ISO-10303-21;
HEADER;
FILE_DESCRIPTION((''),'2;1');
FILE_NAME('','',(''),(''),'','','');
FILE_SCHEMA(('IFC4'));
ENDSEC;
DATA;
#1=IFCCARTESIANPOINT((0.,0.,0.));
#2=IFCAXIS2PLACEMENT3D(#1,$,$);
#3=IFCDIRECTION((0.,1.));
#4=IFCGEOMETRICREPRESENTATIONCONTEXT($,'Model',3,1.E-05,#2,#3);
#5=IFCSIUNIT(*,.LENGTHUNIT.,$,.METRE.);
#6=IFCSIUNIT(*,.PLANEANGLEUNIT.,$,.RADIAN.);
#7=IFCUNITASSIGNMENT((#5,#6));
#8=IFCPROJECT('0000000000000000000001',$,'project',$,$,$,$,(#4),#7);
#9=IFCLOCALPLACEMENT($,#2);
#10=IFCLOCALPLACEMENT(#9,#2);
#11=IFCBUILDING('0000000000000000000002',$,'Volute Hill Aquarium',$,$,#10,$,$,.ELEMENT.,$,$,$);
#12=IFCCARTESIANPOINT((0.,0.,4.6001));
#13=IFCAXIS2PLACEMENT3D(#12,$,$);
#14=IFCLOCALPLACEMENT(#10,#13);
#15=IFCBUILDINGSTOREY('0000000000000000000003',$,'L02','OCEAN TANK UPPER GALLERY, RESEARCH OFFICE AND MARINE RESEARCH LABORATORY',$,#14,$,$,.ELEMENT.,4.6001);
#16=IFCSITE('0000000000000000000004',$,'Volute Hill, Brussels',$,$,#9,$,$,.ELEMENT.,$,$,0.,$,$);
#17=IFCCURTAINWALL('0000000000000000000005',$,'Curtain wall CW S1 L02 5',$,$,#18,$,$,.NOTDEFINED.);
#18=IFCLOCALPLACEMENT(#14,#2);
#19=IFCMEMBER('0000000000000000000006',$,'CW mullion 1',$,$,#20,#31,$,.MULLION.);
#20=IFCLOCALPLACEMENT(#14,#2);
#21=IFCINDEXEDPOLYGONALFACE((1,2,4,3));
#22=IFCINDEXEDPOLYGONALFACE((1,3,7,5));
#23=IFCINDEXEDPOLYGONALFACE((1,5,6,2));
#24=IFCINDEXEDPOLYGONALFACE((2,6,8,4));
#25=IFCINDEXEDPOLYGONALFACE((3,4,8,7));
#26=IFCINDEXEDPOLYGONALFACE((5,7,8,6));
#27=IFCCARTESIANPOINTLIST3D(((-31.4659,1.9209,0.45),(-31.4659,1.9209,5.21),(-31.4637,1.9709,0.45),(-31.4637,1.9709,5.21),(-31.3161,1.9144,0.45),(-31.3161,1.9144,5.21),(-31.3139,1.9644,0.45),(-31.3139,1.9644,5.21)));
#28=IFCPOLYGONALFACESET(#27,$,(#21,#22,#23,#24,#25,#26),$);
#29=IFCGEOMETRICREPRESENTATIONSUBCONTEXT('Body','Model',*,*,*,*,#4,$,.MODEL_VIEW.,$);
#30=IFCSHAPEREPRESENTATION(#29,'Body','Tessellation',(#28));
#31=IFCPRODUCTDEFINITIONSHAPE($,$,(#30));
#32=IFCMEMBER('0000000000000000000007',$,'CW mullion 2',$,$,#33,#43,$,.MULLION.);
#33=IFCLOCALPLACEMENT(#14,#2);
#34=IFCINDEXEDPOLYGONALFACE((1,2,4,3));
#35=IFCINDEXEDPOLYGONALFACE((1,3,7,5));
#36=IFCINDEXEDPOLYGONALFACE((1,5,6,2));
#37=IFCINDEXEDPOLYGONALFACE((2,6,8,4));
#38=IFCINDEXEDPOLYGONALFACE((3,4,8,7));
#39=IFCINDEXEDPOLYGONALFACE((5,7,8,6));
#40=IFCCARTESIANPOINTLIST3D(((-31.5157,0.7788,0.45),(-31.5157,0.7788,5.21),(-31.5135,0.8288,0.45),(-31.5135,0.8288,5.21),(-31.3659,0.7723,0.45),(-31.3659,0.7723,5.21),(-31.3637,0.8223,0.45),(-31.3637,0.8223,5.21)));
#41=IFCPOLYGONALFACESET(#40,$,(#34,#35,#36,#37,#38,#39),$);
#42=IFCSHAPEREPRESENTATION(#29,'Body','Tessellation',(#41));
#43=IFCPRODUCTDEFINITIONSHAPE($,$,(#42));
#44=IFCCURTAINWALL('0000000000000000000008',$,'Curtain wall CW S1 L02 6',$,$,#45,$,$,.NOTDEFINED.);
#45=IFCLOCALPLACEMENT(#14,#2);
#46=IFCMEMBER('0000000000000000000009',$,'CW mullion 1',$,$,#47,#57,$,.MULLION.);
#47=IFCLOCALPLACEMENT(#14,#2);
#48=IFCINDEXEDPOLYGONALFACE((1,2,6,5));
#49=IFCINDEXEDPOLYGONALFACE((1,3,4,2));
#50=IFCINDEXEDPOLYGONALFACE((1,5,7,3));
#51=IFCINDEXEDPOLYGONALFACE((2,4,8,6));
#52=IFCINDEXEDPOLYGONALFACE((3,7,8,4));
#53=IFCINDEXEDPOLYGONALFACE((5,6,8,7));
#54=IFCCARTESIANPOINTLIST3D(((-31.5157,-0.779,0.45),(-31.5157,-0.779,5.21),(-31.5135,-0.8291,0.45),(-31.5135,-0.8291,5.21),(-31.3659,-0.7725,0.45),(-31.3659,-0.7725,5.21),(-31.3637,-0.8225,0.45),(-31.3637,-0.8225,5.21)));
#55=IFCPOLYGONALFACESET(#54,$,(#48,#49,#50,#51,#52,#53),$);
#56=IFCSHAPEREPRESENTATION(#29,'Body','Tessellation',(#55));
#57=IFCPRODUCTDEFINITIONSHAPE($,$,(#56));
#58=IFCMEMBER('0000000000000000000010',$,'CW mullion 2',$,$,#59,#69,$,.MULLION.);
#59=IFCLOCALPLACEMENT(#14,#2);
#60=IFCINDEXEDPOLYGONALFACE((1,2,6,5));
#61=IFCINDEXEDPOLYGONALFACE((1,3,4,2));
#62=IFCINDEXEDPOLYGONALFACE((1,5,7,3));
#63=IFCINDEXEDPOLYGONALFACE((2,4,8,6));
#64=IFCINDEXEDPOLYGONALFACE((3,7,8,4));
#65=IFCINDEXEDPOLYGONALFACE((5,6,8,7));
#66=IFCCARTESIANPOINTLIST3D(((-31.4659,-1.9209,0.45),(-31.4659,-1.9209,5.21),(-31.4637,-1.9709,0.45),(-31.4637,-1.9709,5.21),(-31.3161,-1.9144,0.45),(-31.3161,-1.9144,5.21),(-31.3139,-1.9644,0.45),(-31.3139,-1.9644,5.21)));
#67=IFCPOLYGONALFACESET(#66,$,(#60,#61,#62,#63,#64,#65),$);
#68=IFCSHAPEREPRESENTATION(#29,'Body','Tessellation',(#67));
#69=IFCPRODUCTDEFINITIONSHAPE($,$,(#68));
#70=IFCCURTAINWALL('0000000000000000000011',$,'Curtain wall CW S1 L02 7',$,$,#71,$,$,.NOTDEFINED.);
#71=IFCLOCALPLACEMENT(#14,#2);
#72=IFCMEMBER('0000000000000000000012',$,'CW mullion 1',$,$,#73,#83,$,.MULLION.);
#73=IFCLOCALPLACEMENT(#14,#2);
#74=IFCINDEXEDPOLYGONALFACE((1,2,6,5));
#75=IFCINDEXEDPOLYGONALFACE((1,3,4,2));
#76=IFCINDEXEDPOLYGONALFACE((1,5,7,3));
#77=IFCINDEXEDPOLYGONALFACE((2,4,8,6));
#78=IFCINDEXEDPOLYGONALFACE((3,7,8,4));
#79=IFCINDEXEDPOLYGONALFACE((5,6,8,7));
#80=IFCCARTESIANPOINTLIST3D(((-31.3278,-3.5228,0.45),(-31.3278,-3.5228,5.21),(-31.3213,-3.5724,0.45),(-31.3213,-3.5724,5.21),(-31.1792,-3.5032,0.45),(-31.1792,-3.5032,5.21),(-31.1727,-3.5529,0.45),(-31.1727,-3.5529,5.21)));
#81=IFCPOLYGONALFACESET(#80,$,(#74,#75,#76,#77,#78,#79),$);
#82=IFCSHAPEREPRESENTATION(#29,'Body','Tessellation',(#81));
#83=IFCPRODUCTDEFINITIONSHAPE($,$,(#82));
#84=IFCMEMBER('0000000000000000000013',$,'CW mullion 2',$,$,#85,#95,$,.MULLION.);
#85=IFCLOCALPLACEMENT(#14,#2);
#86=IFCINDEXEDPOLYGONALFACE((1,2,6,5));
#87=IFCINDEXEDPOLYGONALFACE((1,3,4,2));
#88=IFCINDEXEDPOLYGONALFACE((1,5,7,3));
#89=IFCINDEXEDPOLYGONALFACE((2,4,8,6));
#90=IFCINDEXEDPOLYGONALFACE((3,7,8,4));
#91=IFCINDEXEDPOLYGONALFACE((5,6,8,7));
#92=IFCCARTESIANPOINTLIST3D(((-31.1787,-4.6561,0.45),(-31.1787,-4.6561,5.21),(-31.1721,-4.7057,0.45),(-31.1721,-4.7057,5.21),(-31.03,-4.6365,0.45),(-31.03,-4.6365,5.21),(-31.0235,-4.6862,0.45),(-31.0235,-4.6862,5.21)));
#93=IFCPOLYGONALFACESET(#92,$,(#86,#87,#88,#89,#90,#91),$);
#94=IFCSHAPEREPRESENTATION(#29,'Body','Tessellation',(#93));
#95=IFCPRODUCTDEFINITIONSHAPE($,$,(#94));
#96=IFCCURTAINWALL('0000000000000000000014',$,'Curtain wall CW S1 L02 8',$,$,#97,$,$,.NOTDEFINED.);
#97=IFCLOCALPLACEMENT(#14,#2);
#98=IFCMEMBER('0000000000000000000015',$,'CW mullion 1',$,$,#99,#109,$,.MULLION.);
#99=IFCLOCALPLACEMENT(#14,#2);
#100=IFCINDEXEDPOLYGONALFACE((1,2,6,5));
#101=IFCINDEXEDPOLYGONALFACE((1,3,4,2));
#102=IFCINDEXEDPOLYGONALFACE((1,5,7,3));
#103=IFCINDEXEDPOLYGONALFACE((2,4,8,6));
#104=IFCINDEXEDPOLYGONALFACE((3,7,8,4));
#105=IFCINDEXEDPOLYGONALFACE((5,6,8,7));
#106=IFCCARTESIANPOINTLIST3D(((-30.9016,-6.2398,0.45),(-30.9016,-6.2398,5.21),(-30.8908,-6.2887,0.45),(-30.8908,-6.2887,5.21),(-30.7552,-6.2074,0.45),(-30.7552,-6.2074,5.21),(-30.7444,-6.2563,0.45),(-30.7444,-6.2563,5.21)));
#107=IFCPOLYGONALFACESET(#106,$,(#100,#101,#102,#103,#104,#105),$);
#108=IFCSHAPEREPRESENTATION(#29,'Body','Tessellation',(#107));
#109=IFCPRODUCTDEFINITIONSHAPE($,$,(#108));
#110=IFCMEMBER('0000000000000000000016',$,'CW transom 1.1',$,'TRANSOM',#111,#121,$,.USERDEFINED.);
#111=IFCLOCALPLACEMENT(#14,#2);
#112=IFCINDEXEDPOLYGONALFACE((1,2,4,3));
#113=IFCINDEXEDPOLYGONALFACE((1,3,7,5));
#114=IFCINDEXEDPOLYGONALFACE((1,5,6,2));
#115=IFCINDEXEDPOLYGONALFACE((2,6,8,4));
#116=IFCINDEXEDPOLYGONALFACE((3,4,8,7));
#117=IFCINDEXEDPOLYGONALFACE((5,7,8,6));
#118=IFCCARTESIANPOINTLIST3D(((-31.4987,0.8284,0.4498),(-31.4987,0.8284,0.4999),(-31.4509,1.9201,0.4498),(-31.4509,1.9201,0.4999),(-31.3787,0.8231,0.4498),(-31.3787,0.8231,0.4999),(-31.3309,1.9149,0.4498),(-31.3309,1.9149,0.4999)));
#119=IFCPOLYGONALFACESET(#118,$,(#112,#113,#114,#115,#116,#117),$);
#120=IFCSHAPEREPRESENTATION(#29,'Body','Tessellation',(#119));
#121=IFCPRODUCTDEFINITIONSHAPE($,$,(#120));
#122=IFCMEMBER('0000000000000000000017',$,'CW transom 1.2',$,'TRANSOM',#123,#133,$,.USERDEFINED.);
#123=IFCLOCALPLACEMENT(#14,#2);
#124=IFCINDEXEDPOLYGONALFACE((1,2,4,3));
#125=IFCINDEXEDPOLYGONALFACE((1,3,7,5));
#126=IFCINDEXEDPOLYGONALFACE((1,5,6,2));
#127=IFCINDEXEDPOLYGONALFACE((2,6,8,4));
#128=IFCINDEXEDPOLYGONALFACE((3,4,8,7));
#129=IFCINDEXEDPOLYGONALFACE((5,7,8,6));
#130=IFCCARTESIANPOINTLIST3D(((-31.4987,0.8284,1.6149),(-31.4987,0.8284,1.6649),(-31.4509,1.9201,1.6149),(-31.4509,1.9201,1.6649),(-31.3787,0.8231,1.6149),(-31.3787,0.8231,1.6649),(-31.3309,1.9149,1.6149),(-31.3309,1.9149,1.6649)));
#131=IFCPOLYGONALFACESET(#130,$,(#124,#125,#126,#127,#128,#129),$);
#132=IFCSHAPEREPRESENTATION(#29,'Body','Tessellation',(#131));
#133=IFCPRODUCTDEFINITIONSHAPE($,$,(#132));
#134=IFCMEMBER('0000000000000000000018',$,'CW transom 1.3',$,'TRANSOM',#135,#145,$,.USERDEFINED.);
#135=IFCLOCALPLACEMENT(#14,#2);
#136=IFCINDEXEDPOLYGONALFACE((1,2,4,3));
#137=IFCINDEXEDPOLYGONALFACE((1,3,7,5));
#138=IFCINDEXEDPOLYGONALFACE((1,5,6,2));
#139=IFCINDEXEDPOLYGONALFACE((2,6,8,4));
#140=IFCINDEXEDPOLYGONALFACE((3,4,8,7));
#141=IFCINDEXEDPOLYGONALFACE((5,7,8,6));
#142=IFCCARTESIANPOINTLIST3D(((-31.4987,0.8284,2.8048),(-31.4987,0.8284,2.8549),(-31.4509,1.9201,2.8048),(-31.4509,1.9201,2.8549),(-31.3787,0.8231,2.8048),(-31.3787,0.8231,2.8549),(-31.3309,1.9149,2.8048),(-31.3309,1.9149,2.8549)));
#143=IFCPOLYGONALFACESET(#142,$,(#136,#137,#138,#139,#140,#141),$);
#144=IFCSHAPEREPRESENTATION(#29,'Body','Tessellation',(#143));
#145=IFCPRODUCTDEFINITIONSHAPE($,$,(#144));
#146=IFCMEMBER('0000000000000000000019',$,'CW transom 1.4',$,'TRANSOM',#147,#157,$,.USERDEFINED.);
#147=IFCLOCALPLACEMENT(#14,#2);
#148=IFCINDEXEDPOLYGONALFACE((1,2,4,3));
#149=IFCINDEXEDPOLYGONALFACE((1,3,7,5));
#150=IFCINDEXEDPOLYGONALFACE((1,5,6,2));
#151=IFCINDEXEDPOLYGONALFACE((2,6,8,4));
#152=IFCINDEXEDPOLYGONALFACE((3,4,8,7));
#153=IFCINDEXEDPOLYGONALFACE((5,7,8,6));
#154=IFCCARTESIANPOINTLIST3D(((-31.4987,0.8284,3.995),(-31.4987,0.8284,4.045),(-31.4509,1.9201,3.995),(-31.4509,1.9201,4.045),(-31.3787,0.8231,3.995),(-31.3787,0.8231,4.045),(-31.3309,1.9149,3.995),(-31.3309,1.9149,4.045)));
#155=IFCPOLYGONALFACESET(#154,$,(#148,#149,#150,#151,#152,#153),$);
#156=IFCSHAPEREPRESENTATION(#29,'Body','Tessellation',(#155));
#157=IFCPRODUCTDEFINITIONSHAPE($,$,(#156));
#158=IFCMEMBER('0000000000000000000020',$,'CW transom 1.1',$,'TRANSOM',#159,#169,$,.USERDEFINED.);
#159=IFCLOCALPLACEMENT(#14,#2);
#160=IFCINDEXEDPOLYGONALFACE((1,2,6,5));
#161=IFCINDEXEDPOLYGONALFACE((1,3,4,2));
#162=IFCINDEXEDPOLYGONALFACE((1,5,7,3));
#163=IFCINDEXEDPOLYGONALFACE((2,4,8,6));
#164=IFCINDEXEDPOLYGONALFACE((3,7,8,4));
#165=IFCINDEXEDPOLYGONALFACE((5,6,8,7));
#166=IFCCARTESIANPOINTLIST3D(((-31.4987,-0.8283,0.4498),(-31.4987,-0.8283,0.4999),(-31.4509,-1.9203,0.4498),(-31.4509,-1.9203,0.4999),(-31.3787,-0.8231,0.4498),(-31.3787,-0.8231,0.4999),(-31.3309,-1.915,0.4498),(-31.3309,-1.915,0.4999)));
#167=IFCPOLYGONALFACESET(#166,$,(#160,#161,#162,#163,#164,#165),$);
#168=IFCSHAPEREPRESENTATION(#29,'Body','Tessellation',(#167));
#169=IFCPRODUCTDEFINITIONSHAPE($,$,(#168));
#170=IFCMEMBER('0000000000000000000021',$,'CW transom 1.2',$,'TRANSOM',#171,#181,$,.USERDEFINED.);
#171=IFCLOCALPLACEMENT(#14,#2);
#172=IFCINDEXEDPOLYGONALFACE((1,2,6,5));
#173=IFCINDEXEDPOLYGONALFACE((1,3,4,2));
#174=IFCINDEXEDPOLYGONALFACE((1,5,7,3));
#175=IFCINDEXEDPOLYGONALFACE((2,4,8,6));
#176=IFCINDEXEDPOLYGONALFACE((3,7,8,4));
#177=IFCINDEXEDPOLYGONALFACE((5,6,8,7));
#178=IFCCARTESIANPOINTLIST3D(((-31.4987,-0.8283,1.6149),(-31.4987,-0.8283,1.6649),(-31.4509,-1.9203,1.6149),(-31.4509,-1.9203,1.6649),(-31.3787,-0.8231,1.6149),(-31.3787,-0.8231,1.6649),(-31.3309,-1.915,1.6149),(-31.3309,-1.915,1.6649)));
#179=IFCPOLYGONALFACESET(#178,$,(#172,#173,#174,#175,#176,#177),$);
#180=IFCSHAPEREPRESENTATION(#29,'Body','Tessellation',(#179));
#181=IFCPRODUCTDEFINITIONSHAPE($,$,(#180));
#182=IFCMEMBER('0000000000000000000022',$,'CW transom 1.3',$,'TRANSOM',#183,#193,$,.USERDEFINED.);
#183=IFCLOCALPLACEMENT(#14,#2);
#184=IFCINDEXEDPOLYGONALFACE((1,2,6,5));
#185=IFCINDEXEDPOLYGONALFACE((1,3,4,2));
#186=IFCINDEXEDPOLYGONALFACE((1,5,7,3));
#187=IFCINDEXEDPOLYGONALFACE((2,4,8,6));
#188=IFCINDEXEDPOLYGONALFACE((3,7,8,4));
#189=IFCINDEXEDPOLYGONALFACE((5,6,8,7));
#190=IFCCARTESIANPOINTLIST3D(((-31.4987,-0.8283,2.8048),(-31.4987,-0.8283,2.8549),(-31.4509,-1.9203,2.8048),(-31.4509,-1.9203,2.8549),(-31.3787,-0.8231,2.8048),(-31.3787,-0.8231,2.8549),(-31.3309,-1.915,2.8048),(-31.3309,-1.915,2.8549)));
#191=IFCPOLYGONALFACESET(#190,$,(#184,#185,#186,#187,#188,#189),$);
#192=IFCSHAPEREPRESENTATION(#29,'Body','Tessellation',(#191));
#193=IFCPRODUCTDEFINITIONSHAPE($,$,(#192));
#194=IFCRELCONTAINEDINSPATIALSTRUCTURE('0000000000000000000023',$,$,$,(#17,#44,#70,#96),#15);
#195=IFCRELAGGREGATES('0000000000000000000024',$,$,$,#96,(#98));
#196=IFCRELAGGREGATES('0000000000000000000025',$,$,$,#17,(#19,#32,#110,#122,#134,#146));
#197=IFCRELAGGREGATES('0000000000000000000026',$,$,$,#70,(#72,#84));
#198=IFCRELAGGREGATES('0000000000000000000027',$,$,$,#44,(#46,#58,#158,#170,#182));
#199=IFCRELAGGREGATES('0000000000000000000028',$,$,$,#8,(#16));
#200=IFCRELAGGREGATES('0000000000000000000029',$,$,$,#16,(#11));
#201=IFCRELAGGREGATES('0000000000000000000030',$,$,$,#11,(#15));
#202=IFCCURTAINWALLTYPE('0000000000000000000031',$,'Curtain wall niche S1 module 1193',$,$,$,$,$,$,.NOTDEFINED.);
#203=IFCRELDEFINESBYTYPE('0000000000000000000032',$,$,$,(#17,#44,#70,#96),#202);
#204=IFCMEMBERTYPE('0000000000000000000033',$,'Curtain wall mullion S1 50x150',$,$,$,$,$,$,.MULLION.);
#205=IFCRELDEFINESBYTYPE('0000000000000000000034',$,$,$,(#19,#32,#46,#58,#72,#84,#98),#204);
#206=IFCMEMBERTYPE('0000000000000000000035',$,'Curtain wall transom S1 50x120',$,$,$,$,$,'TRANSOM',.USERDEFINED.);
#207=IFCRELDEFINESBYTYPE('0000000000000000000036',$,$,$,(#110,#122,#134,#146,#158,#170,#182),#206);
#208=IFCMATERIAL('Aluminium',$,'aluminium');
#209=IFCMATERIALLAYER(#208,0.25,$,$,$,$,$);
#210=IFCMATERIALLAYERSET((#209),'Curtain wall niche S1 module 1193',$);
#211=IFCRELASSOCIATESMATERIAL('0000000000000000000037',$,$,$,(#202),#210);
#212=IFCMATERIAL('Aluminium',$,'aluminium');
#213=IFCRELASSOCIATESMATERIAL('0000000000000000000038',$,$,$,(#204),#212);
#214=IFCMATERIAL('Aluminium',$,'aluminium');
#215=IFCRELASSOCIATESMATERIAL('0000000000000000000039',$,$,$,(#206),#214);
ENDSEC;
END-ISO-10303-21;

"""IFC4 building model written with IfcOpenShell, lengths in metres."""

from ifc_helpers import new_model, si_unit, direction, frame, origin, origin_2d, place, context, subcontext, project, spatial, rectangle, extrude, material, layer, layer_set, material_profile, profile_set, type_object, element, aggregate, save


model = new_model("IFC4")

# Units and contexts
model_context = context("Model", 3, precision=1e-05, world=origin(), true_north=direction((0.0, 1.0)))
body_context = subcontext(model_context, "Body", "Model", "MODEL_VIEW")
ifc_project = project(units=[si_unit("LENGTHUNIT", "METRE"), si_unit("PLANEANGLEUNIT", "RADIAN")], contexts=[model_context])

# Site, building, storey
site_placement = place(None, origin())
site = spatial("IfcSite", under=ifc_project, at=site_placement, Name="Volute Hill, Brussels", CompositionType="ELEMENT", RefElevation=0.0)
building_placement = place(site_placement, origin())
building = spatial("IfcBuilding", under=site, at=building_placement, Name="Volute Hill Aquarium", CompositionType="ELEMENT")
storey_placement = place(building_placement, frame((0.0, 0.0, 4.6001)))
storey = spatial("IfcBuildingStorey", under=building, at=storey_placement, Name="L02", Description="OCEAN TANK UPPER GALLERY, RESEARCH OFFICE AND MARINE RESEARCH LABORATORY", CompositionType="ELEMENT", Elevation=4.6001)

# Curtain walls, members
ifc_material_1 = material(Name="Aluminium", Category="aluminium")
ifc_layer_1 = layer(ifc_material_1, 0.25)
ifc_layer_set_1 = layer_set([ifc_layer_1], Name="Curtain wall niche S1 module 1193")
curtain_wall_type = type_object("IfcCurtainWallType", Name="Curtain wall niche S1 module 1193", PredefinedType="NOTDEFINED", material=ifc_layer_set_1)
curtain_wall_1_placement = place(storey_placement, origin())
curtain_wall_1 = element("IfcCurtainWall", 1, at=curtain_wall_1_placement, inside=storey, type_object=curtain_wall_type, Name="Curtain wall CW S1 L02 5", PredefinedType="NOTDEFINED")
ifc_material_2 = material(Name="Aluminium", Category="aluminium")
ifc_material_profile_1 = material_profile(ifc_material_2, rectangle(XDim=0.1499, YDim=0.05, at=origin_2d()), Name="Curtain wall mullion S1 50x150")
ifc_profile_set_1 = profile_set([ifc_material_profile_1], Name="Aluminium")
member_type_1 = type_object("IfcMemberType", Name="Curtain wall mullion S1 50x150", PredefinedType="MULLION", material=ifc_profile_set_1)
member_1_placement = place(storey_placement, frame((-31.3899, 1.9426, 0.45), z_axis=(0.0, 0.0, 1.0), x_axis=(0.999048, -0.043614, 0.0)))
member_1 = element("IfcMember", 2, at=member_1_placement, type_object=member_type_1, Name="CW mullion 1", PredefinedType="MULLION", context=body_context, shape_type="SweptSolid", body=[
    extrude(rectangle(XDim=0.1499, YDim=0.05, at=origin_2d()), origin(), (0.0, 0.0, 1.0), 4.76),
])
member_2_placement = place(storey_placement, frame((-31.4397, 0.8005, 0.45), z_axis=(0.0, 0.0, 1.0), x_axis=(0.999048, -0.043614, 0.0)))
member_2 = element("IfcMember", 3, at=member_2_placement, type_object=member_type_1, Name="CW mullion 2", PredefinedType="MULLION", context=body_context, shape_type="SweptSolid", body=[
    extrude(rectangle(XDim=0.1499, YDim=0.05, at=origin_2d()), origin(), (0.0, 0.0, 1.0), 4.76),
])
curtain_wall_2_placement = place(storey_placement, origin())
curtain_wall_2 = element("IfcCurtainWall", 4, at=curtain_wall_2_placement, inside=storey, type_object=curtain_wall_type, Name="Curtain wall CW S1 L02 6", PredefinedType="NOTDEFINED")
member_3_placement = place(storey_placement, frame((-31.4397, -0.8008, 0.45), z_axis=(0.0, 0.0, 1.0), x_axis=(0.999048, 0.043614, 0.0)))
member_3 = element("IfcMember", 5, at=member_3_placement, type_object=member_type_1, Name="CW mullion 1", PredefinedType="MULLION", context=body_context, shape_type="SweptSolid", body=[
    extrude(rectangle(XDim=0.1499, YDim=0.05, at=origin_2d()), origin(), (0.0, 0.0, 1.0), 4.76),
])
member_4_placement = place(storey_placement, frame((-31.3899, -1.9426, 0.45), z_axis=(0.0, 0.0, 1.0), x_axis=(0.999048, 0.043614, 0.0)))
member_4 = element("IfcMember", 6, at=member_4_placement, type_object=member_type_1, Name="CW mullion 2", PredefinedType="MULLION", context=body_context, shape_type="SweptSolid", body=[
    extrude(rectangle(XDim=0.1499, YDim=0.05, at=origin_2d()), origin(), (0.0, 0.0, 1.0), 4.76),
])
curtain_wall_3_placement = place(storey_placement, origin())
curtain_wall_3 = element("IfcCurtainWall", 7, at=curtain_wall_3_placement, inside=storey, type_object=curtain_wall_type, Name="Curtain wall CW S1 L02 7", PredefinedType="NOTDEFINED")
member_5_placement = place(storey_placement, frame((-31.2502, -3.5378, 0.45), z_axis=(0.0, 0.0, 1.0), x_axis=(0.991445, 0.130523, 0.0)))
member_5 = element("IfcMember", 8, at=member_5_placement, type_object=member_type_1, Name="CW mullion 1", PredefinedType="MULLION", context=body_context, shape_type="SweptSolid", body=[
    extrude(rectangle(XDim=0.1499, YDim=0.05, at=origin_2d()), origin(), (0.0, 0.0, 1.0), 4.76),
])
member_6_placement = place(storey_placement, frame((-31.1011, -4.6711, 0.45), z_axis=(0.0, 0.0, 1.0), x_axis=(0.991445, 0.130523, 0.0)))
member_6 = element("IfcMember", 9, at=member_6_placement, type_object=member_type_1, Name="CW mullion 2", PredefinedType="MULLION", context=body_context, shape_type="SweptSolid", body=[
    extrude(rectangle(XDim=0.1499, YDim=0.05, at=origin_2d()), origin(), (0.0, 0.0, 1.0), 4.76),
])

# Curtain wall, member
curtain_wall_4_placement = place(storey_placement, origin())
curtain_wall_4 = element("IfcCurtainWall", 10, at=curtain_wall_4_placement, inside=storey, type_object=curtain_wall_type, Name="Curtain wall CW S1 L02 8", PredefinedType="NOTDEFINED")
member_7_placement = place(storey_placement, frame((-30.823, -6.248, 0.45), z_axis=(0.0, 0.0, 1.0), x_axis=(0.976292, 0.216456, 0.0)))
member_7 = element("IfcMember", 11, at=member_7_placement, type_object=member_type_1, Name="CW mullion 1", PredefinedType="MULLION", context=body_context, shape_type="SweptSolid", body=[
    extrude(rectangle(XDim=0.1499, YDim=0.05, at=origin_2d()), origin(), (0.0, 0.0, 1.0), 4.76),
])
aggregate(curtain_wall_4, [member_7])

# Members
ifc_material_3 = material(Name="Aluminium", Category="aluminium")
ifc_material_profile_2 = material_profile(ifc_material_3, rectangle(XDim=0.1201, YDim=0.05, at=origin_2d()), Name="Curtain wall transom S1 50x120")
ifc_profile_set_2 = profile_set([ifc_material_profile_2], Name="Aluminium")
member_type_2 = type_object("IfcMemberType", Name="Curtain wall transom S1 50x120", ElementType="TRANSOM", PredefinedType="USERDEFINED", material=ifc_profile_set_2)
member_8_placement = place(storey_placement, frame((-31.3909, 1.9175, 0.4749), z_axis=(-0.043786, -0.999041, 0.0), x_axis=(0.999041, -0.043786, 0.0)))
member_8 = element("IfcMember", 12, at=member_8_placement, type_object=member_type_2, Name="CW transom 1.1", ObjectType="TRANSOM", PredefinedType="USERDEFINED", context=body_context, shape_type="SweptSolid", body=[
    extrude(rectangle(XDim=0.1201, YDim=0.05, at=origin_2d()), origin(), (0.0, 0.0, 1.0), 1.0928),
])
member_9_placement = place(storey_placement, frame((-31.3909, 1.9175, 1.6399), z_axis=(-0.043786, -0.999041, 0.0), x_axis=(0.999041, -0.043786, 0.0)))
member_9 = element("IfcMember", 13, at=member_9_placement, type_object=member_type_2, Name="CW transom 1.2", ObjectType="TRANSOM", PredefinedType="USERDEFINED", context=body_context, shape_type="SweptSolid", body=[
    extrude(rectangle(XDim=0.1201, YDim=0.05, at=origin_2d()), origin(), (0.0, 0.0, 1.0), 1.0928),
])
member_10_placement = place(storey_placement, frame((-31.3909, 1.9175, 2.8298), z_axis=(-0.043786, -0.999041, 0.0), x_axis=(0.999041, -0.043786, 0.0)))
member_10 = element("IfcMember", 14, at=member_10_placement, type_object=member_type_2, Name="CW transom 1.3", ObjectType="TRANSOM", PredefinedType="USERDEFINED", context=body_context, shape_type="SweptSolid", body=[
    extrude(rectangle(XDim=0.1201, YDim=0.05, at=origin_2d()), origin(), (0.0, 0.0, 1.0), 1.0928),
])
member_11_placement = place(storey_placement, frame((-31.3909, 1.9175, 4.02), z_axis=(-0.043786, -0.999041, 0.0), x_axis=(0.999041, -0.043786, 0.0)))
member_11 = element("IfcMember", 15, at=member_11_placement, type_object=member_type_2, Name="CW transom 1.4", ObjectType="TRANSOM", PredefinedType="USERDEFINED", context=body_context, shape_type="SweptSolid", body=[
    extrude(rectangle(XDim=0.1201, YDim=0.05, at=origin_2d()), origin(), (0.0, 0.0, 1.0), 1.0928),
])
member_12_placement = place(storey_placement, frame((-31.4387, -0.8257, 0.4749), z_axis=(0.043776, -0.999041, 0.0), x_axis=(0.999041, 0.043776, 0.0)))
member_12 = element("IfcMember", 16, at=member_12_placement, type_object=member_type_2, Name="CW transom 1.1", ObjectType="TRANSOM", PredefinedType="USERDEFINED", context=body_context, shape_type="SweptSolid", body=[
    extrude(rectangle(XDim=0.1201, YDim=0.05, at=origin_2d()), origin(), (0.0, 0.0, 1.0), 1.093),
])
member_13_placement = place(storey_placement, frame((-31.4387, -0.8257, 1.6399), z_axis=(0.043776, -0.999041, 0.0), x_axis=(0.999041, 0.043776, 0.0)))
member_13 = element("IfcMember", 17, at=member_13_placement, type_object=member_type_2, Name="CW transom 1.2", ObjectType="TRANSOM", PredefinedType="USERDEFINED", context=body_context, shape_type="SweptSolid", body=[
    extrude(rectangle(XDim=0.1201, YDim=0.05, at=origin_2d()), origin(), (0.0, 0.0, 1.0), 1.093),
])
member_14_placement = place(storey_placement, frame((-31.4387, -0.8257, 2.8298), z_axis=(0.043776, -0.999041, 0.0), x_axis=(0.999041, 0.043776, 0.0)))
member_14 = element("IfcMember", 18, at=member_14_placement, type_object=member_type_2, Name="CW transom 1.3", ObjectType="TRANSOM", PredefinedType="USERDEFINED", context=body_context, shape_type="SweptSolid", body=[
    extrude(rectangle(XDim=0.1201, YDim=0.05, at=origin_2d()), origin(), (0.0, 0.0, 1.0), 1.093),
])

aggregate(curtain_wall_1, [member_1, member_2, member_8, member_9, member_10, member_11])
aggregate(curtain_wall_3, [member_5, member_6])
aggregate(curtain_wall_2, [member_3, member_4, member_12, member_13, member_14])

save(model, "model.ifc")
